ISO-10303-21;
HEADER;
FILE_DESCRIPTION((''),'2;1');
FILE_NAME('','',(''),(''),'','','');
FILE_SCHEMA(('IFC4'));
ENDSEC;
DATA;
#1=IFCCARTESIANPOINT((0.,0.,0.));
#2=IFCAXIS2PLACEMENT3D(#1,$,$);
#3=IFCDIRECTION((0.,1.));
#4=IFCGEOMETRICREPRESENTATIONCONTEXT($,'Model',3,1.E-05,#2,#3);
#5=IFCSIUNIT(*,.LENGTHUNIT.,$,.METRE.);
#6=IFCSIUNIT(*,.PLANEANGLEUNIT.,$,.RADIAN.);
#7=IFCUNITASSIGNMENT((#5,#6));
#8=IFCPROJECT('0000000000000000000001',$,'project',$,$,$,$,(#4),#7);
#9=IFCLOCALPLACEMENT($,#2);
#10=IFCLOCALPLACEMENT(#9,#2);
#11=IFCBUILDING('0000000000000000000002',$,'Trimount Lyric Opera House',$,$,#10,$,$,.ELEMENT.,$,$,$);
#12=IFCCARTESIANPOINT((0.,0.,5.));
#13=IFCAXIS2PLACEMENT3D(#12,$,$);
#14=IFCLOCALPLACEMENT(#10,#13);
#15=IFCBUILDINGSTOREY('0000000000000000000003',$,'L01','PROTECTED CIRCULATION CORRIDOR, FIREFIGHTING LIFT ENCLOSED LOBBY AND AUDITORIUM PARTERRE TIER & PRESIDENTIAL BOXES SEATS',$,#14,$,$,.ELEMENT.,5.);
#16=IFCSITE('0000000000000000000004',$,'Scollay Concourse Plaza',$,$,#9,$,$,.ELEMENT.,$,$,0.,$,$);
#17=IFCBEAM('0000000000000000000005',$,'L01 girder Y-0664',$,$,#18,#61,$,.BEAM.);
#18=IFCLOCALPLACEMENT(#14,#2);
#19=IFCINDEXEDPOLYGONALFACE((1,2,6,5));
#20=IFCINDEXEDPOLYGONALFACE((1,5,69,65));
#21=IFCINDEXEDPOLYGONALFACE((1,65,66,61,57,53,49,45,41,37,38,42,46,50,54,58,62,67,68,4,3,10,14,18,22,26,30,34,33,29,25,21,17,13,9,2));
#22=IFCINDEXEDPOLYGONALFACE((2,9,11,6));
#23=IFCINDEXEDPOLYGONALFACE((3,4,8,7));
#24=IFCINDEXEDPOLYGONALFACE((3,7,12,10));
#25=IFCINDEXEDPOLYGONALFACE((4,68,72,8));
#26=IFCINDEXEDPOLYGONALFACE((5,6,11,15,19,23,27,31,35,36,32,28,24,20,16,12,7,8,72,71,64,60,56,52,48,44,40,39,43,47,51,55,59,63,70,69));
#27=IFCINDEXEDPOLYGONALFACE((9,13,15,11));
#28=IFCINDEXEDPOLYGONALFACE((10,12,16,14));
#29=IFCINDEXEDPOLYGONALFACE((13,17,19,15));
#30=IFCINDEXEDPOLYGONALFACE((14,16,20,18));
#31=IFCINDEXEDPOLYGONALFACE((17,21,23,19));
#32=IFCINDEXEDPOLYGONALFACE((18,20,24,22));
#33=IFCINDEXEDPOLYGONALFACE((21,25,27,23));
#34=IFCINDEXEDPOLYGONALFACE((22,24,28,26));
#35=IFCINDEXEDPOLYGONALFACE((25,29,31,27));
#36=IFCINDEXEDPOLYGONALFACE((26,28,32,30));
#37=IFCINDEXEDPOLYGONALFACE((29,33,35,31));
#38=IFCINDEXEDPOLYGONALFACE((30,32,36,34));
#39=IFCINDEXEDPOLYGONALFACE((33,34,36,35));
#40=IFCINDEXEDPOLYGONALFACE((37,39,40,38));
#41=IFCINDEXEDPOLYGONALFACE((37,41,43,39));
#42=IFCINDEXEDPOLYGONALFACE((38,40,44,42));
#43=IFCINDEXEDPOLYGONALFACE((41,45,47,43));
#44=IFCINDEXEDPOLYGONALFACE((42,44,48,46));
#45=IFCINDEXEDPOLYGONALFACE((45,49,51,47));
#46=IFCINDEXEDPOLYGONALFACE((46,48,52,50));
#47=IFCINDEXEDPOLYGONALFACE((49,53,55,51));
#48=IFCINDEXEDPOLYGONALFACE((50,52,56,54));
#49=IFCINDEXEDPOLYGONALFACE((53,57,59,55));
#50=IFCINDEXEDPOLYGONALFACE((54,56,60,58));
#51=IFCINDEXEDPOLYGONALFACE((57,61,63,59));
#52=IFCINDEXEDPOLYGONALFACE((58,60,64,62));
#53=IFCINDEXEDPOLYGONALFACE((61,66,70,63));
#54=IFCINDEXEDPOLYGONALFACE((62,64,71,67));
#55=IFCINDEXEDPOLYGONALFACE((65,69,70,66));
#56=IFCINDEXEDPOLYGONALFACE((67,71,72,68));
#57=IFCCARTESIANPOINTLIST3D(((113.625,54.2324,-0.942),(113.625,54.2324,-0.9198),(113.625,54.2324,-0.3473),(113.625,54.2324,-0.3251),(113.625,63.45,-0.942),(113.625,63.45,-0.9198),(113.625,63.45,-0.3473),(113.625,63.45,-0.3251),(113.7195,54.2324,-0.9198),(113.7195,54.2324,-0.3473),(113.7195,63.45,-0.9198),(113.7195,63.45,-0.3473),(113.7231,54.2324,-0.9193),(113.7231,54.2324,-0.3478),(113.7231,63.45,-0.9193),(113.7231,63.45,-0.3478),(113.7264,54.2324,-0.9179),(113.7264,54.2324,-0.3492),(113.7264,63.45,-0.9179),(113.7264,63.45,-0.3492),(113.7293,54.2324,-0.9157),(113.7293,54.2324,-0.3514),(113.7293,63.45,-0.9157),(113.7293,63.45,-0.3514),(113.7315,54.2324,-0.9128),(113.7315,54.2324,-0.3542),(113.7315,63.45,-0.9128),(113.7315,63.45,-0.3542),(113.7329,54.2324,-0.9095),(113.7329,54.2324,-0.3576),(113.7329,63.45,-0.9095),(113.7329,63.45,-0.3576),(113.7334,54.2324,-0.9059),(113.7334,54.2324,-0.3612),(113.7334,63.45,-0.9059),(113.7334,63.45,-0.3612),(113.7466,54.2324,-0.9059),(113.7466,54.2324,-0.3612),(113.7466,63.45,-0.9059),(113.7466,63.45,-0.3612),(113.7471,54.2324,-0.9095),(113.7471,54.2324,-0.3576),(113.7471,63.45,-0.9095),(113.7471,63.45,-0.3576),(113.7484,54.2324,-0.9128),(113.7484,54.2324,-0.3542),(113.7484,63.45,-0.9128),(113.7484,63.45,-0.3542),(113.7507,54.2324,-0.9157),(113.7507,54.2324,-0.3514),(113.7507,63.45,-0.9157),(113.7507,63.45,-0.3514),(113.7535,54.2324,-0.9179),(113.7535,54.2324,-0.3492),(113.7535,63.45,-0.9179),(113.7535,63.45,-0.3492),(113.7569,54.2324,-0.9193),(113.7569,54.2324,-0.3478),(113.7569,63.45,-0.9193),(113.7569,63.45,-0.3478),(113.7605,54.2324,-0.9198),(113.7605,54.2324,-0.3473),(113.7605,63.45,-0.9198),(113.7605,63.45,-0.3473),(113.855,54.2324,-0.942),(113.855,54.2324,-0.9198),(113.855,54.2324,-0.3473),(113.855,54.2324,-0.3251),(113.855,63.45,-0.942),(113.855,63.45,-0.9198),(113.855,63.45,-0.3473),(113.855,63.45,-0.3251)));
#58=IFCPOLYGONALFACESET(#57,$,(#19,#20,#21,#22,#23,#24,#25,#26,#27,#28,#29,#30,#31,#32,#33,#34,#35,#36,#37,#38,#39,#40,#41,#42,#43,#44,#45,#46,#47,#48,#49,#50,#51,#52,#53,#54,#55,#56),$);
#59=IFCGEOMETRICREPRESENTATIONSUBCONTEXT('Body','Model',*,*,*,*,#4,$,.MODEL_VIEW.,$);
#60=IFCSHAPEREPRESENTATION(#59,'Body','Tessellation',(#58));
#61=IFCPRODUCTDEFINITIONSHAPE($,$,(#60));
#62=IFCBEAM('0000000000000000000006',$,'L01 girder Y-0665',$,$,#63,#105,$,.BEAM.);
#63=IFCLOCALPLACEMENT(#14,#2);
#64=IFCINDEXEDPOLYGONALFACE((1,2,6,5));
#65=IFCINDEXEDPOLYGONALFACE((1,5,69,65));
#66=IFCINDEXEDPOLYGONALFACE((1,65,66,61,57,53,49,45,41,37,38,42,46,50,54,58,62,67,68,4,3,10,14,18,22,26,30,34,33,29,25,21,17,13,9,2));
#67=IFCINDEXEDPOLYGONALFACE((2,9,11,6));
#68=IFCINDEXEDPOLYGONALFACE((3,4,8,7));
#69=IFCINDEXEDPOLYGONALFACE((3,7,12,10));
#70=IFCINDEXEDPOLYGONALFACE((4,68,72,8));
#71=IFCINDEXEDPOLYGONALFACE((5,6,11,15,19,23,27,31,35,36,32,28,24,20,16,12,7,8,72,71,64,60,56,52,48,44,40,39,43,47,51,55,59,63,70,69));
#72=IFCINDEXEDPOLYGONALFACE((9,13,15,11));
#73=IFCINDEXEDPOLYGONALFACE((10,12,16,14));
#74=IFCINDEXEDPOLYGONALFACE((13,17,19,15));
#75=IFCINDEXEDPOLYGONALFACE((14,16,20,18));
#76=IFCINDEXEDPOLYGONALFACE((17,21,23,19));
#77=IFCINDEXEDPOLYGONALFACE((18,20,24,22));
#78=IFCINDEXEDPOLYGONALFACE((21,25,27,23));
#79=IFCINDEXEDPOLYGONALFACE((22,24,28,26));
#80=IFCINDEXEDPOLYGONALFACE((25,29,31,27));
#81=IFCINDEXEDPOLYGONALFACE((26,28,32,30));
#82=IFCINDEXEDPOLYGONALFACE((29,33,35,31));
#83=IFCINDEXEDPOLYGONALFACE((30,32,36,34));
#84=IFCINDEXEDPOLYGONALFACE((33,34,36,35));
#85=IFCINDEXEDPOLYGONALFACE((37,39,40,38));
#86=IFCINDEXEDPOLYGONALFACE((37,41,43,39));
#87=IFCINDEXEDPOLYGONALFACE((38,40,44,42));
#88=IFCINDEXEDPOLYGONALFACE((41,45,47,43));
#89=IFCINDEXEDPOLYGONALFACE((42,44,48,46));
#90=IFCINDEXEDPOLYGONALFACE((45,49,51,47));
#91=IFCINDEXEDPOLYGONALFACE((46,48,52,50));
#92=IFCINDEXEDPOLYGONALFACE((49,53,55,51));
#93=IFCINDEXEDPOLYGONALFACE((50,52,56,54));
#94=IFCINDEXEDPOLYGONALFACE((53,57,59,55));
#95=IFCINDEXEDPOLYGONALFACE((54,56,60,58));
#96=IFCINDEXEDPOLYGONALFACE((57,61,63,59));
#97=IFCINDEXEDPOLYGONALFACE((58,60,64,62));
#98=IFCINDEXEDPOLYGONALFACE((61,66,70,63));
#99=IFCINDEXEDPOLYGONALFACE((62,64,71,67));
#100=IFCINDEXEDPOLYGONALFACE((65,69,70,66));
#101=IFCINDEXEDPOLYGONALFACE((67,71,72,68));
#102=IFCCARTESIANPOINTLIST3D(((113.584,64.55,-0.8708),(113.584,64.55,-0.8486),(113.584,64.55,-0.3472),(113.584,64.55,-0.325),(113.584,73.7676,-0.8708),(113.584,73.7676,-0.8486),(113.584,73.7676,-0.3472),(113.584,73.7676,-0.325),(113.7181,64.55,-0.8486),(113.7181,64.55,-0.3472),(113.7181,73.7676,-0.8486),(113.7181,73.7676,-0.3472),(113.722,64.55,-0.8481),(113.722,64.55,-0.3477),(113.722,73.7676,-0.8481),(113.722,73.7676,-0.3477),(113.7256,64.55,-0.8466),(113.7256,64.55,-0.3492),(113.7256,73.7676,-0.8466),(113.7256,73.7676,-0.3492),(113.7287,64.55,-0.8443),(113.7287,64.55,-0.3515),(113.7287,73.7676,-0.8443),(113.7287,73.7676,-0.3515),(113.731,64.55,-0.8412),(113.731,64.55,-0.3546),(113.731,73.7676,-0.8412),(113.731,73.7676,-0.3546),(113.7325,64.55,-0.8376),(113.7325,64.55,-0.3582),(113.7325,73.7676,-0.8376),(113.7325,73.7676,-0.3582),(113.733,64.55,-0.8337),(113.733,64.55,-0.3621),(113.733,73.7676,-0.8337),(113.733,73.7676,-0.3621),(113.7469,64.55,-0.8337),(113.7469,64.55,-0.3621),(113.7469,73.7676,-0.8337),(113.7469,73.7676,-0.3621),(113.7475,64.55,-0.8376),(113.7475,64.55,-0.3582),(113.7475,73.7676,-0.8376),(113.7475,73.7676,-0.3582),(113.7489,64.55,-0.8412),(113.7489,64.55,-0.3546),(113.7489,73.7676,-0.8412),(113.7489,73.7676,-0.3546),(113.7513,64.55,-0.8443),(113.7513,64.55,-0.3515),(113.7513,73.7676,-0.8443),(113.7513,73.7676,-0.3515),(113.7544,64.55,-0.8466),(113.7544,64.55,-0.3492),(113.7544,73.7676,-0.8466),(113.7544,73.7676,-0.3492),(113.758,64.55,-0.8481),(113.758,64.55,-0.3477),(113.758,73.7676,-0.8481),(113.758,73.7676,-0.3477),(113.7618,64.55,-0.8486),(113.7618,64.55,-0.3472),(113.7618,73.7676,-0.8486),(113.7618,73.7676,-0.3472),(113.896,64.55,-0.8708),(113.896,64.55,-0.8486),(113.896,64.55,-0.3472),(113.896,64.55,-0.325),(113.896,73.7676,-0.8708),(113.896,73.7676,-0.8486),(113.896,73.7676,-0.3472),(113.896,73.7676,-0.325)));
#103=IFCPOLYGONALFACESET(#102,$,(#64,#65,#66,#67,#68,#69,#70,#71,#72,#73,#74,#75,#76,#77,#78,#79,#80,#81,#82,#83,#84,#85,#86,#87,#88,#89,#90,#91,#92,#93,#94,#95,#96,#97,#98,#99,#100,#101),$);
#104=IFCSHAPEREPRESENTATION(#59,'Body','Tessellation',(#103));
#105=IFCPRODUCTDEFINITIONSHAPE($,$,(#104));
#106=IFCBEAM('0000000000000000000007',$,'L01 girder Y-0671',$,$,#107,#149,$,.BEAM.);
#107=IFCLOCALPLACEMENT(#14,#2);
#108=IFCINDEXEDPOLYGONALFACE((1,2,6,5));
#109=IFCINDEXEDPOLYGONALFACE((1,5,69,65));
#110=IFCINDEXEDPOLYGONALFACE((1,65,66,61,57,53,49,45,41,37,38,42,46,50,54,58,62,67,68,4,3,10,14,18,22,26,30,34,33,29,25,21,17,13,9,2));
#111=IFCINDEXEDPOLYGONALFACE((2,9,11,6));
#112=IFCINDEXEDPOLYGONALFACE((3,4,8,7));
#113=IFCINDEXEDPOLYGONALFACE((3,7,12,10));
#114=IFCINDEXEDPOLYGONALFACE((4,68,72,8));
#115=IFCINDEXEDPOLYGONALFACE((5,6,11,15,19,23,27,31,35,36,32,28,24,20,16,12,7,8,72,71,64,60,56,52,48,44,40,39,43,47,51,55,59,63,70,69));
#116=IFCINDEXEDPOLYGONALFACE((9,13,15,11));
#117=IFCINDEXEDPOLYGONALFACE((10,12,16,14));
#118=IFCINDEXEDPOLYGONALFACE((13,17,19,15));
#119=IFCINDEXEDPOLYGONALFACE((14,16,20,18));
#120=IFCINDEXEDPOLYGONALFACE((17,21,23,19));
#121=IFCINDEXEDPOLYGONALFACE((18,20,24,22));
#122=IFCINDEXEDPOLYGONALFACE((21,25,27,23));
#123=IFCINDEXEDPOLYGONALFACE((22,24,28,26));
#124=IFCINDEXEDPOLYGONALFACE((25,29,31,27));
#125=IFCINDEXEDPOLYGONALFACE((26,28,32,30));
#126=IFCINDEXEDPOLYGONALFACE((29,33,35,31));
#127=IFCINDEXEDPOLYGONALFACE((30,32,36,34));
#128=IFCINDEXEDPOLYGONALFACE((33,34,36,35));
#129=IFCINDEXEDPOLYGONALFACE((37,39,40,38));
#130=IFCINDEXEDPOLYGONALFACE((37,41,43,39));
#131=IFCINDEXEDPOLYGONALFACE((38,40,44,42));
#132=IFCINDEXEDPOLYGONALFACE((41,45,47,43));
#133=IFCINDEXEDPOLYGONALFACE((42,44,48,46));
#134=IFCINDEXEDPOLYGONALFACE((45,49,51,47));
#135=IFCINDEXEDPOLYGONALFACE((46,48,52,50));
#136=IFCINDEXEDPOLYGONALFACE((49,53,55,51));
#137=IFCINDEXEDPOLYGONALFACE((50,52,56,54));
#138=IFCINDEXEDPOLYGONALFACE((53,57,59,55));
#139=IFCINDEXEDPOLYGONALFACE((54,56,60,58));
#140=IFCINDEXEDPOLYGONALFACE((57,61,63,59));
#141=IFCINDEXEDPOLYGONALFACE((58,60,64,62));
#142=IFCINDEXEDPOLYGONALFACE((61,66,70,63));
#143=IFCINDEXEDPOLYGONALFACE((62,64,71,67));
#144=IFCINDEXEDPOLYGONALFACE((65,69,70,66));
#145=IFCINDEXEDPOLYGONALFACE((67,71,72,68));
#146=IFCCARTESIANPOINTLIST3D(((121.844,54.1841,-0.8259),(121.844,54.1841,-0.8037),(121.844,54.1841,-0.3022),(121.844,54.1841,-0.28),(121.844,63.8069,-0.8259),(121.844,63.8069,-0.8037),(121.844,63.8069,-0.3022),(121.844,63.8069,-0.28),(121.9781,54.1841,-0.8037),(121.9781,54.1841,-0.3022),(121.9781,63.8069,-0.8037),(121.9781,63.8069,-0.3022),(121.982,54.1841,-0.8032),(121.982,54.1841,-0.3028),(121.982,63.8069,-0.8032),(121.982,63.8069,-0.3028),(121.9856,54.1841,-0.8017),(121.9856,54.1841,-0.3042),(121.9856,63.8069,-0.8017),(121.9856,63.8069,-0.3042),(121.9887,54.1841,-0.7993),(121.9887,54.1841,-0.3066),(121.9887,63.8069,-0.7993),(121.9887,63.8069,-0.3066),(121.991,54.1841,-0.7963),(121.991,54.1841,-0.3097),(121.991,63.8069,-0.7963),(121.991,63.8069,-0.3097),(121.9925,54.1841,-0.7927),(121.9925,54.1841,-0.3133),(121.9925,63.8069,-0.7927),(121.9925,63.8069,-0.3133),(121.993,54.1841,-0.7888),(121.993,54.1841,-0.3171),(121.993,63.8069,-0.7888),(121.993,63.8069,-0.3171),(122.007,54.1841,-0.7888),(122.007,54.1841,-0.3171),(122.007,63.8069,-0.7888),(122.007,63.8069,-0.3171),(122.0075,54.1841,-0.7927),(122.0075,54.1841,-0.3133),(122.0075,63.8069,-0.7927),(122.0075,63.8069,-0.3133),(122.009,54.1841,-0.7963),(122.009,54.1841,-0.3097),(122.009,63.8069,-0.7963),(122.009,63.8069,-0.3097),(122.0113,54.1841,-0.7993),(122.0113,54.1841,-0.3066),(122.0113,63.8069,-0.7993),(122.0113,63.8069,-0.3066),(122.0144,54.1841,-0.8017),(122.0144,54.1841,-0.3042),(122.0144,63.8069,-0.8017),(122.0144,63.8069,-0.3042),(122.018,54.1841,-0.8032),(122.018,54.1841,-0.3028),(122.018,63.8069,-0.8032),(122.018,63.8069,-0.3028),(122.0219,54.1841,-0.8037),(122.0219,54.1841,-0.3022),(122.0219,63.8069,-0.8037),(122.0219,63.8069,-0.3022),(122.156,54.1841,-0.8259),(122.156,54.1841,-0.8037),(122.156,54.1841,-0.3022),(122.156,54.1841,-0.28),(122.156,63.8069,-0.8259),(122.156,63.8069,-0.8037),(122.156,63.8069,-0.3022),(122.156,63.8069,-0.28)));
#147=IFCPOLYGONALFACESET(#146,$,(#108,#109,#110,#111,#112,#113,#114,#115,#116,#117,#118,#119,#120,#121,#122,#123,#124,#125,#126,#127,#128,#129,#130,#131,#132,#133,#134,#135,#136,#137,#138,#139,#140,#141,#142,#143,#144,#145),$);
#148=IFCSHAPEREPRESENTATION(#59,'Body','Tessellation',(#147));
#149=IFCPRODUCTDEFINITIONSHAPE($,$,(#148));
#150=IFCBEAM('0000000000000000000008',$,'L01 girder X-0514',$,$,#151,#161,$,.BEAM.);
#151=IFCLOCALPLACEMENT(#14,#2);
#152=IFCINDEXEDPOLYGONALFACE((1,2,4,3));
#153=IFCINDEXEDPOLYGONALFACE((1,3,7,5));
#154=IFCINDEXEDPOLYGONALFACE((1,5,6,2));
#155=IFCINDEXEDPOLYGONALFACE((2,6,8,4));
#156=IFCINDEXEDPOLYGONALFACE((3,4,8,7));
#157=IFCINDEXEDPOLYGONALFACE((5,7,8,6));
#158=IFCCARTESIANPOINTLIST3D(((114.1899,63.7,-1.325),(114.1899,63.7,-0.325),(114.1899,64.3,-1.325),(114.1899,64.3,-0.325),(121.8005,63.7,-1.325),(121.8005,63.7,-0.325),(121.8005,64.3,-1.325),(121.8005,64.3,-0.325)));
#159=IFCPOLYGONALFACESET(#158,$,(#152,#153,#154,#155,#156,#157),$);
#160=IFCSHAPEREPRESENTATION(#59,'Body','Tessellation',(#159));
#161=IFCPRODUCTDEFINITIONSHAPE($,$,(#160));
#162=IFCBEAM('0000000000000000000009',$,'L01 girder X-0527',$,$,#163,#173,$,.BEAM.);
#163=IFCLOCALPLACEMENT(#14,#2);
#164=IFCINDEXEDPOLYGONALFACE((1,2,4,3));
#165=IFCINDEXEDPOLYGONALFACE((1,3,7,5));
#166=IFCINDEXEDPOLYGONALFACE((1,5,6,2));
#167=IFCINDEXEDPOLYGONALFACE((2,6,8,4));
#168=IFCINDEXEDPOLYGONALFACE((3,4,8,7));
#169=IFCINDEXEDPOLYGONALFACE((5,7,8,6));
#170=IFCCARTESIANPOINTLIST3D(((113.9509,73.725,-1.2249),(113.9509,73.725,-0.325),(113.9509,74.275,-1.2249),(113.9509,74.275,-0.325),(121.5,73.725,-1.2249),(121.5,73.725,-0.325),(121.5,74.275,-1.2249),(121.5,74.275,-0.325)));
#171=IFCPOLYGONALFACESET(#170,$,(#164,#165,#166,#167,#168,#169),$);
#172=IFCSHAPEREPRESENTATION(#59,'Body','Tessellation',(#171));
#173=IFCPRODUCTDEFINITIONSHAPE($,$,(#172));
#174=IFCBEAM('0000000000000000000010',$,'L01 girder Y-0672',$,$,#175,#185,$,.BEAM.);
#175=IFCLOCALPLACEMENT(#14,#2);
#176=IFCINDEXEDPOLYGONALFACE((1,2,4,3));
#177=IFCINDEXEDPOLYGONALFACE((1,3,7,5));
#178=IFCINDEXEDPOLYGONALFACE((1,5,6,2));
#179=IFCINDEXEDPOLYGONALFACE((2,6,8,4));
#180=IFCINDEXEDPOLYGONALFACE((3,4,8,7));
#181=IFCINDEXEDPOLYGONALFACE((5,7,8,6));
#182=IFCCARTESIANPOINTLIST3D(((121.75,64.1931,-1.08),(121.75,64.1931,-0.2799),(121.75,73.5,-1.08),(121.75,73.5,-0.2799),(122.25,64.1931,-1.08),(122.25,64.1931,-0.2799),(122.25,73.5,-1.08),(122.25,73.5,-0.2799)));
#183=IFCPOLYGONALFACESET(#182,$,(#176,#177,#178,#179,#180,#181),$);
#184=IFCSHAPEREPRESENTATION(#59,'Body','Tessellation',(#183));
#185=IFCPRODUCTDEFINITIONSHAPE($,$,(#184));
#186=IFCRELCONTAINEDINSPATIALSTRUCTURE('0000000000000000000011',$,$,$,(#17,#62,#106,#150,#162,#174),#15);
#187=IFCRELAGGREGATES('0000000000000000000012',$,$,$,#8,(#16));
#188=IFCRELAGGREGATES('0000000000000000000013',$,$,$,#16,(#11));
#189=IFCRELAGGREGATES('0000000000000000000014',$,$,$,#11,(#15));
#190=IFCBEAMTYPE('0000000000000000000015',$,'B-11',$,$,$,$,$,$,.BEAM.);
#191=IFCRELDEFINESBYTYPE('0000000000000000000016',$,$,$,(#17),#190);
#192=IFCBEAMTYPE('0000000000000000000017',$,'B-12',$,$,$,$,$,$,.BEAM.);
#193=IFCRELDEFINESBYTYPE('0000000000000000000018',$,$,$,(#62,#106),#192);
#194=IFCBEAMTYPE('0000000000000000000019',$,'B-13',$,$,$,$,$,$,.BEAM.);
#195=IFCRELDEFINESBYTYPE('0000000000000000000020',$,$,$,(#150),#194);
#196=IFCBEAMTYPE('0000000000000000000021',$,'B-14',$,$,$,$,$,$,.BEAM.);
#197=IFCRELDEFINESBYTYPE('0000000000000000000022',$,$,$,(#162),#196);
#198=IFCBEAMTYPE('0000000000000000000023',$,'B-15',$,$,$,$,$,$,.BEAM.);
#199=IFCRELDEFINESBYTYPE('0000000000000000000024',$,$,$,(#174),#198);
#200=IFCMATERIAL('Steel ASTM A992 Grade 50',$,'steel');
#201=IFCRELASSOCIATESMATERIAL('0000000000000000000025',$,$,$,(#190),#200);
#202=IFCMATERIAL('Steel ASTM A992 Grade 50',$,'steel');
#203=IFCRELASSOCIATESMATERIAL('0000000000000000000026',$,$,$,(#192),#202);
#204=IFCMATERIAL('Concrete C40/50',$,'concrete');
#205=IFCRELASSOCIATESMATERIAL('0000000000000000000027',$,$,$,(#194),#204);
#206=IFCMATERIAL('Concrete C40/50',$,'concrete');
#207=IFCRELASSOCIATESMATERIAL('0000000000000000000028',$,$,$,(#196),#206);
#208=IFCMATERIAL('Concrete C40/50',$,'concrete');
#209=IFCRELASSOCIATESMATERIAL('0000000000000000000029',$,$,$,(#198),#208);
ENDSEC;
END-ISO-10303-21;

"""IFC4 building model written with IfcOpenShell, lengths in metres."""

from ifc_helpers import new_model, si_unit, direction, frame, origin, origin_2d, place, context, subcontext, project, spatial, rectangle, i_section, extrude, material, material_profile, profile_set, type_object, element, save


model = new_model("IFC4")

# Units and contexts
model_context = context("Model", 3, precision=1e-05, world=origin(), true_north=direction((0.0, 1.0)))
body_context = subcontext(model_context, "Body", "Model", "MODEL_VIEW")
ifc_project = project(units=[si_unit("LENGTHUNIT", "METRE"), si_unit("PLANEANGLEUNIT", "RADIAN")], contexts=[model_context])

# Site, building, storey
site_placement = place(None, origin())
site = spatial("IfcSite", under=ifc_project, at=site_placement, Name="Scollay Concourse Plaza", CompositionType="ELEMENT", RefElevation=0.0)
building_placement = place(site_placement, origin())
building = spatial("IfcBuilding", under=site, at=building_placement, Name="Trimount Lyric Opera House", CompositionType="ELEMENT")
storey_placement = place(building_placement, frame((0.0, 0.0, 5.0)))
storey = spatial("IfcBuildingStorey", under=building, at=storey_placement, Name="L01", Description="PROTECTED CIRCULATION CORRIDOR, FIREFIGHTING LIFT ENCLOSED LOBBY AND AUDITORIUM PARTERRE TIER & PRESIDENTIAL BOXES SEATS", CompositionType="ELEMENT", Elevation=5.0)

# Beams
ifc_material_1 = material(Name="Steel ASTM A992 Grade 50", Category="steel")
ifc_material_profile_1 = material_profile(ifc_material_1, i_section(OverallWidth=0.23, OverallDepth=0.6169, WebThickness=0.0132, FlangeThickness=0.0222, FilletRadius=0.0139, at=origin_2d()), Name="W24X94")
ifc_profile_set_1 = profile_set([ifc_material_profile_1], Name="Steel ASTM A992 Grade 50")
beam_type_1 = type_object("IfcBeamType", Name="B-11", PredefinedType="BEAM", material=ifc_profile_set_1)
beam_1_placement = place(storey_placement, frame((113.74, 54.2324, -0.6335), z_axis=(0.0, 1.0, 0.0), x_axis=(-1.0, 0.0, 0.0)))
element("IfcBeam", 1, at=beam_1_placement, inside=storey, type_object=beam_type_1, Name="L01 girder Y-0664", PredefinedType="BEAM", context=body_context, shape_type="SweptSolid", body=[
    extrude(i_section(OverallWidth=0.23, OverallDepth=0.6169, WebThickness=0.0132, FlangeThickness=0.0222, FilletRadius=0.0139, at=origin_2d()), origin(), (0.0, 0.0, 1.0), 9.2175),
])
ifc_material_2 = material(Name="Steel ASTM A992 Grade 50", Category="steel")
ifc_material_profile_2 = material_profile(ifc_material_2, i_section(OverallWidth=0.312, OverallDepth=0.5459, WebThickness=0.0139, FlangeThickness=0.0222, FilletRadius=0.0149, at=origin_2d()), Name="W21X111")
ifc_profile_set_2 = profile_set([ifc_material_profile_2], Name="Steel ASTM A992 Grade 50")
beam_type_2 = type_object("IfcBeamType", Name="B-12", PredefinedType="BEAM", material=ifc_profile_set_2)
beam_2_placement = place(storey_placement, frame((113.74, 64.55, -0.5979), z_axis=(0.0, 1.0, 0.0), x_axis=(-1.0, 0.0, 0.0)))
element("IfcBeam", 2, at=beam_2_placement, inside=storey, type_object=beam_type_2, Name="L01 girder Y-0665", PredefinedType="BEAM", context=body_context, shape_type="SweptSolid", body=[
    extrude(i_section(OverallWidth=0.312, OverallDepth=0.5459, WebThickness=0.0139, FlangeThickness=0.0222, FilletRadius=0.0149, at=origin_2d()), origin(), (0.0, 0.0, 1.0), 9.2175),
])
beam_3_placement = place(storey_placement, frame((122.0, 54.1841, -0.553), z_axis=(0.0, 1.0, 0.0), x_axis=(-1.0, 0.0, 0.0)))
element("IfcBeam", 3, at=beam_3_placement, inside=storey, type_object=beam_type_2, Name="L01 girder Y-0671", PredefinedType="BEAM", context=body_context, shape_type="SweptSolid", body=[
    extrude(i_section(OverallWidth=0.312, OverallDepth=0.5459, WebThickness=0.0139, FlangeThickness=0.0222, FilletRadius=0.0149, at=origin_2d()), origin(), (0.0, 0.0, 1.0), 9.6228),
])
ifc_material_3 = material(Name="Concrete C40/50", Category="concrete")
ifc_material_profile_3 = material_profile(ifc_material_3, rectangle(XDim=0.6001, YDim=1.0, at=origin_2d()), Name="RC600X1000")
ifc_profile_set_3 = profile_set([ifc_material_profile_3], Name="Concrete C40/50")
beam_type_3 = type_object("IfcBeamType", Name="B-13", PredefinedType="BEAM", material=ifc_profile_set_3)
beam_4_placement = place(storey_placement, frame((114.1899, 64.0, -0.825), z_axis=(1.0, 0.0, 0.0), x_axis=(0.0, 1.0, 0.0)))
element("IfcBeam", 4, at=beam_4_placement, inside=storey, type_object=beam_type_3, Name="L01 girder X-0514", PredefinedType="BEAM", context=body_context, shape_type="SweptSolid", body=[
    extrude(rectangle(XDim=0.6001, YDim=1.0, at=origin_2d()), origin(), (0.0, 0.0, 1.0), 7.6106),
])
ifc_material_4 = material(Name="Concrete C40/50", Category="concrete")
ifc_material_profile_4 = material_profile(ifc_material_4, rectangle(XDim=0.55, YDim=0.8999, at=origin_2d()), Name="RC550X900")
ifc_profile_set_4 = profile_set([ifc_material_profile_4], Name="Concrete C40/50")
beam_type_4 = type_object("IfcBeamType", Name="B-14", PredefinedType="BEAM", material=ifc_profile_set_4)
beam_5_placement = place(storey_placement, frame((113.9509, 74.0, -0.7749), z_axis=(1.0, 0.0, 0.0), x_axis=(0.0, 1.0, 0.0)))
element("IfcBeam", 5, at=beam_5_placement, inside=storey, type_object=beam_type_4, Name="L01 girder X-0527", PredefinedType="BEAM", context=body_context, shape_type="SweptSolid", body=[
    extrude(rectangle(XDim=0.55, YDim=0.8999, at=origin_2d()), origin(), (0.0, 0.0, 1.0), 7.5491),
])
ifc_material_5 = material(Name="Concrete C40/50", Category="concrete")
ifc_material_profile_5 = material_profile(ifc_material_5, rectangle(XDim=0.5, YDim=0.8, at=origin_2d()), Name="RC500X800")
ifc_profile_set_5 = profile_set([ifc_material_profile_5], Name="Concrete C40/50")
beam_type_5 = type_object("IfcBeamType", Name="B-15", PredefinedType="BEAM", material=ifc_profile_set_5)
beam_6_placement = place(storey_placement, frame((122.0, 64.1931, -0.6799), z_axis=(0.0, 1.0, 0.0), x_axis=(-1.0, 0.0, 0.0)))
element("IfcBeam", 6, at=beam_6_placement, inside=storey, type_object=beam_type_5, Name="L01 girder Y-0672", PredefinedType="BEAM", context=body_context, shape_type="SweptSolid", body=[
    extrude(rectangle(XDim=0.5, YDim=0.8, at=origin_2d()), origin(), (0.0, 0.0, 1.0), 9.3069),
])

save(model, "model.ifc")
